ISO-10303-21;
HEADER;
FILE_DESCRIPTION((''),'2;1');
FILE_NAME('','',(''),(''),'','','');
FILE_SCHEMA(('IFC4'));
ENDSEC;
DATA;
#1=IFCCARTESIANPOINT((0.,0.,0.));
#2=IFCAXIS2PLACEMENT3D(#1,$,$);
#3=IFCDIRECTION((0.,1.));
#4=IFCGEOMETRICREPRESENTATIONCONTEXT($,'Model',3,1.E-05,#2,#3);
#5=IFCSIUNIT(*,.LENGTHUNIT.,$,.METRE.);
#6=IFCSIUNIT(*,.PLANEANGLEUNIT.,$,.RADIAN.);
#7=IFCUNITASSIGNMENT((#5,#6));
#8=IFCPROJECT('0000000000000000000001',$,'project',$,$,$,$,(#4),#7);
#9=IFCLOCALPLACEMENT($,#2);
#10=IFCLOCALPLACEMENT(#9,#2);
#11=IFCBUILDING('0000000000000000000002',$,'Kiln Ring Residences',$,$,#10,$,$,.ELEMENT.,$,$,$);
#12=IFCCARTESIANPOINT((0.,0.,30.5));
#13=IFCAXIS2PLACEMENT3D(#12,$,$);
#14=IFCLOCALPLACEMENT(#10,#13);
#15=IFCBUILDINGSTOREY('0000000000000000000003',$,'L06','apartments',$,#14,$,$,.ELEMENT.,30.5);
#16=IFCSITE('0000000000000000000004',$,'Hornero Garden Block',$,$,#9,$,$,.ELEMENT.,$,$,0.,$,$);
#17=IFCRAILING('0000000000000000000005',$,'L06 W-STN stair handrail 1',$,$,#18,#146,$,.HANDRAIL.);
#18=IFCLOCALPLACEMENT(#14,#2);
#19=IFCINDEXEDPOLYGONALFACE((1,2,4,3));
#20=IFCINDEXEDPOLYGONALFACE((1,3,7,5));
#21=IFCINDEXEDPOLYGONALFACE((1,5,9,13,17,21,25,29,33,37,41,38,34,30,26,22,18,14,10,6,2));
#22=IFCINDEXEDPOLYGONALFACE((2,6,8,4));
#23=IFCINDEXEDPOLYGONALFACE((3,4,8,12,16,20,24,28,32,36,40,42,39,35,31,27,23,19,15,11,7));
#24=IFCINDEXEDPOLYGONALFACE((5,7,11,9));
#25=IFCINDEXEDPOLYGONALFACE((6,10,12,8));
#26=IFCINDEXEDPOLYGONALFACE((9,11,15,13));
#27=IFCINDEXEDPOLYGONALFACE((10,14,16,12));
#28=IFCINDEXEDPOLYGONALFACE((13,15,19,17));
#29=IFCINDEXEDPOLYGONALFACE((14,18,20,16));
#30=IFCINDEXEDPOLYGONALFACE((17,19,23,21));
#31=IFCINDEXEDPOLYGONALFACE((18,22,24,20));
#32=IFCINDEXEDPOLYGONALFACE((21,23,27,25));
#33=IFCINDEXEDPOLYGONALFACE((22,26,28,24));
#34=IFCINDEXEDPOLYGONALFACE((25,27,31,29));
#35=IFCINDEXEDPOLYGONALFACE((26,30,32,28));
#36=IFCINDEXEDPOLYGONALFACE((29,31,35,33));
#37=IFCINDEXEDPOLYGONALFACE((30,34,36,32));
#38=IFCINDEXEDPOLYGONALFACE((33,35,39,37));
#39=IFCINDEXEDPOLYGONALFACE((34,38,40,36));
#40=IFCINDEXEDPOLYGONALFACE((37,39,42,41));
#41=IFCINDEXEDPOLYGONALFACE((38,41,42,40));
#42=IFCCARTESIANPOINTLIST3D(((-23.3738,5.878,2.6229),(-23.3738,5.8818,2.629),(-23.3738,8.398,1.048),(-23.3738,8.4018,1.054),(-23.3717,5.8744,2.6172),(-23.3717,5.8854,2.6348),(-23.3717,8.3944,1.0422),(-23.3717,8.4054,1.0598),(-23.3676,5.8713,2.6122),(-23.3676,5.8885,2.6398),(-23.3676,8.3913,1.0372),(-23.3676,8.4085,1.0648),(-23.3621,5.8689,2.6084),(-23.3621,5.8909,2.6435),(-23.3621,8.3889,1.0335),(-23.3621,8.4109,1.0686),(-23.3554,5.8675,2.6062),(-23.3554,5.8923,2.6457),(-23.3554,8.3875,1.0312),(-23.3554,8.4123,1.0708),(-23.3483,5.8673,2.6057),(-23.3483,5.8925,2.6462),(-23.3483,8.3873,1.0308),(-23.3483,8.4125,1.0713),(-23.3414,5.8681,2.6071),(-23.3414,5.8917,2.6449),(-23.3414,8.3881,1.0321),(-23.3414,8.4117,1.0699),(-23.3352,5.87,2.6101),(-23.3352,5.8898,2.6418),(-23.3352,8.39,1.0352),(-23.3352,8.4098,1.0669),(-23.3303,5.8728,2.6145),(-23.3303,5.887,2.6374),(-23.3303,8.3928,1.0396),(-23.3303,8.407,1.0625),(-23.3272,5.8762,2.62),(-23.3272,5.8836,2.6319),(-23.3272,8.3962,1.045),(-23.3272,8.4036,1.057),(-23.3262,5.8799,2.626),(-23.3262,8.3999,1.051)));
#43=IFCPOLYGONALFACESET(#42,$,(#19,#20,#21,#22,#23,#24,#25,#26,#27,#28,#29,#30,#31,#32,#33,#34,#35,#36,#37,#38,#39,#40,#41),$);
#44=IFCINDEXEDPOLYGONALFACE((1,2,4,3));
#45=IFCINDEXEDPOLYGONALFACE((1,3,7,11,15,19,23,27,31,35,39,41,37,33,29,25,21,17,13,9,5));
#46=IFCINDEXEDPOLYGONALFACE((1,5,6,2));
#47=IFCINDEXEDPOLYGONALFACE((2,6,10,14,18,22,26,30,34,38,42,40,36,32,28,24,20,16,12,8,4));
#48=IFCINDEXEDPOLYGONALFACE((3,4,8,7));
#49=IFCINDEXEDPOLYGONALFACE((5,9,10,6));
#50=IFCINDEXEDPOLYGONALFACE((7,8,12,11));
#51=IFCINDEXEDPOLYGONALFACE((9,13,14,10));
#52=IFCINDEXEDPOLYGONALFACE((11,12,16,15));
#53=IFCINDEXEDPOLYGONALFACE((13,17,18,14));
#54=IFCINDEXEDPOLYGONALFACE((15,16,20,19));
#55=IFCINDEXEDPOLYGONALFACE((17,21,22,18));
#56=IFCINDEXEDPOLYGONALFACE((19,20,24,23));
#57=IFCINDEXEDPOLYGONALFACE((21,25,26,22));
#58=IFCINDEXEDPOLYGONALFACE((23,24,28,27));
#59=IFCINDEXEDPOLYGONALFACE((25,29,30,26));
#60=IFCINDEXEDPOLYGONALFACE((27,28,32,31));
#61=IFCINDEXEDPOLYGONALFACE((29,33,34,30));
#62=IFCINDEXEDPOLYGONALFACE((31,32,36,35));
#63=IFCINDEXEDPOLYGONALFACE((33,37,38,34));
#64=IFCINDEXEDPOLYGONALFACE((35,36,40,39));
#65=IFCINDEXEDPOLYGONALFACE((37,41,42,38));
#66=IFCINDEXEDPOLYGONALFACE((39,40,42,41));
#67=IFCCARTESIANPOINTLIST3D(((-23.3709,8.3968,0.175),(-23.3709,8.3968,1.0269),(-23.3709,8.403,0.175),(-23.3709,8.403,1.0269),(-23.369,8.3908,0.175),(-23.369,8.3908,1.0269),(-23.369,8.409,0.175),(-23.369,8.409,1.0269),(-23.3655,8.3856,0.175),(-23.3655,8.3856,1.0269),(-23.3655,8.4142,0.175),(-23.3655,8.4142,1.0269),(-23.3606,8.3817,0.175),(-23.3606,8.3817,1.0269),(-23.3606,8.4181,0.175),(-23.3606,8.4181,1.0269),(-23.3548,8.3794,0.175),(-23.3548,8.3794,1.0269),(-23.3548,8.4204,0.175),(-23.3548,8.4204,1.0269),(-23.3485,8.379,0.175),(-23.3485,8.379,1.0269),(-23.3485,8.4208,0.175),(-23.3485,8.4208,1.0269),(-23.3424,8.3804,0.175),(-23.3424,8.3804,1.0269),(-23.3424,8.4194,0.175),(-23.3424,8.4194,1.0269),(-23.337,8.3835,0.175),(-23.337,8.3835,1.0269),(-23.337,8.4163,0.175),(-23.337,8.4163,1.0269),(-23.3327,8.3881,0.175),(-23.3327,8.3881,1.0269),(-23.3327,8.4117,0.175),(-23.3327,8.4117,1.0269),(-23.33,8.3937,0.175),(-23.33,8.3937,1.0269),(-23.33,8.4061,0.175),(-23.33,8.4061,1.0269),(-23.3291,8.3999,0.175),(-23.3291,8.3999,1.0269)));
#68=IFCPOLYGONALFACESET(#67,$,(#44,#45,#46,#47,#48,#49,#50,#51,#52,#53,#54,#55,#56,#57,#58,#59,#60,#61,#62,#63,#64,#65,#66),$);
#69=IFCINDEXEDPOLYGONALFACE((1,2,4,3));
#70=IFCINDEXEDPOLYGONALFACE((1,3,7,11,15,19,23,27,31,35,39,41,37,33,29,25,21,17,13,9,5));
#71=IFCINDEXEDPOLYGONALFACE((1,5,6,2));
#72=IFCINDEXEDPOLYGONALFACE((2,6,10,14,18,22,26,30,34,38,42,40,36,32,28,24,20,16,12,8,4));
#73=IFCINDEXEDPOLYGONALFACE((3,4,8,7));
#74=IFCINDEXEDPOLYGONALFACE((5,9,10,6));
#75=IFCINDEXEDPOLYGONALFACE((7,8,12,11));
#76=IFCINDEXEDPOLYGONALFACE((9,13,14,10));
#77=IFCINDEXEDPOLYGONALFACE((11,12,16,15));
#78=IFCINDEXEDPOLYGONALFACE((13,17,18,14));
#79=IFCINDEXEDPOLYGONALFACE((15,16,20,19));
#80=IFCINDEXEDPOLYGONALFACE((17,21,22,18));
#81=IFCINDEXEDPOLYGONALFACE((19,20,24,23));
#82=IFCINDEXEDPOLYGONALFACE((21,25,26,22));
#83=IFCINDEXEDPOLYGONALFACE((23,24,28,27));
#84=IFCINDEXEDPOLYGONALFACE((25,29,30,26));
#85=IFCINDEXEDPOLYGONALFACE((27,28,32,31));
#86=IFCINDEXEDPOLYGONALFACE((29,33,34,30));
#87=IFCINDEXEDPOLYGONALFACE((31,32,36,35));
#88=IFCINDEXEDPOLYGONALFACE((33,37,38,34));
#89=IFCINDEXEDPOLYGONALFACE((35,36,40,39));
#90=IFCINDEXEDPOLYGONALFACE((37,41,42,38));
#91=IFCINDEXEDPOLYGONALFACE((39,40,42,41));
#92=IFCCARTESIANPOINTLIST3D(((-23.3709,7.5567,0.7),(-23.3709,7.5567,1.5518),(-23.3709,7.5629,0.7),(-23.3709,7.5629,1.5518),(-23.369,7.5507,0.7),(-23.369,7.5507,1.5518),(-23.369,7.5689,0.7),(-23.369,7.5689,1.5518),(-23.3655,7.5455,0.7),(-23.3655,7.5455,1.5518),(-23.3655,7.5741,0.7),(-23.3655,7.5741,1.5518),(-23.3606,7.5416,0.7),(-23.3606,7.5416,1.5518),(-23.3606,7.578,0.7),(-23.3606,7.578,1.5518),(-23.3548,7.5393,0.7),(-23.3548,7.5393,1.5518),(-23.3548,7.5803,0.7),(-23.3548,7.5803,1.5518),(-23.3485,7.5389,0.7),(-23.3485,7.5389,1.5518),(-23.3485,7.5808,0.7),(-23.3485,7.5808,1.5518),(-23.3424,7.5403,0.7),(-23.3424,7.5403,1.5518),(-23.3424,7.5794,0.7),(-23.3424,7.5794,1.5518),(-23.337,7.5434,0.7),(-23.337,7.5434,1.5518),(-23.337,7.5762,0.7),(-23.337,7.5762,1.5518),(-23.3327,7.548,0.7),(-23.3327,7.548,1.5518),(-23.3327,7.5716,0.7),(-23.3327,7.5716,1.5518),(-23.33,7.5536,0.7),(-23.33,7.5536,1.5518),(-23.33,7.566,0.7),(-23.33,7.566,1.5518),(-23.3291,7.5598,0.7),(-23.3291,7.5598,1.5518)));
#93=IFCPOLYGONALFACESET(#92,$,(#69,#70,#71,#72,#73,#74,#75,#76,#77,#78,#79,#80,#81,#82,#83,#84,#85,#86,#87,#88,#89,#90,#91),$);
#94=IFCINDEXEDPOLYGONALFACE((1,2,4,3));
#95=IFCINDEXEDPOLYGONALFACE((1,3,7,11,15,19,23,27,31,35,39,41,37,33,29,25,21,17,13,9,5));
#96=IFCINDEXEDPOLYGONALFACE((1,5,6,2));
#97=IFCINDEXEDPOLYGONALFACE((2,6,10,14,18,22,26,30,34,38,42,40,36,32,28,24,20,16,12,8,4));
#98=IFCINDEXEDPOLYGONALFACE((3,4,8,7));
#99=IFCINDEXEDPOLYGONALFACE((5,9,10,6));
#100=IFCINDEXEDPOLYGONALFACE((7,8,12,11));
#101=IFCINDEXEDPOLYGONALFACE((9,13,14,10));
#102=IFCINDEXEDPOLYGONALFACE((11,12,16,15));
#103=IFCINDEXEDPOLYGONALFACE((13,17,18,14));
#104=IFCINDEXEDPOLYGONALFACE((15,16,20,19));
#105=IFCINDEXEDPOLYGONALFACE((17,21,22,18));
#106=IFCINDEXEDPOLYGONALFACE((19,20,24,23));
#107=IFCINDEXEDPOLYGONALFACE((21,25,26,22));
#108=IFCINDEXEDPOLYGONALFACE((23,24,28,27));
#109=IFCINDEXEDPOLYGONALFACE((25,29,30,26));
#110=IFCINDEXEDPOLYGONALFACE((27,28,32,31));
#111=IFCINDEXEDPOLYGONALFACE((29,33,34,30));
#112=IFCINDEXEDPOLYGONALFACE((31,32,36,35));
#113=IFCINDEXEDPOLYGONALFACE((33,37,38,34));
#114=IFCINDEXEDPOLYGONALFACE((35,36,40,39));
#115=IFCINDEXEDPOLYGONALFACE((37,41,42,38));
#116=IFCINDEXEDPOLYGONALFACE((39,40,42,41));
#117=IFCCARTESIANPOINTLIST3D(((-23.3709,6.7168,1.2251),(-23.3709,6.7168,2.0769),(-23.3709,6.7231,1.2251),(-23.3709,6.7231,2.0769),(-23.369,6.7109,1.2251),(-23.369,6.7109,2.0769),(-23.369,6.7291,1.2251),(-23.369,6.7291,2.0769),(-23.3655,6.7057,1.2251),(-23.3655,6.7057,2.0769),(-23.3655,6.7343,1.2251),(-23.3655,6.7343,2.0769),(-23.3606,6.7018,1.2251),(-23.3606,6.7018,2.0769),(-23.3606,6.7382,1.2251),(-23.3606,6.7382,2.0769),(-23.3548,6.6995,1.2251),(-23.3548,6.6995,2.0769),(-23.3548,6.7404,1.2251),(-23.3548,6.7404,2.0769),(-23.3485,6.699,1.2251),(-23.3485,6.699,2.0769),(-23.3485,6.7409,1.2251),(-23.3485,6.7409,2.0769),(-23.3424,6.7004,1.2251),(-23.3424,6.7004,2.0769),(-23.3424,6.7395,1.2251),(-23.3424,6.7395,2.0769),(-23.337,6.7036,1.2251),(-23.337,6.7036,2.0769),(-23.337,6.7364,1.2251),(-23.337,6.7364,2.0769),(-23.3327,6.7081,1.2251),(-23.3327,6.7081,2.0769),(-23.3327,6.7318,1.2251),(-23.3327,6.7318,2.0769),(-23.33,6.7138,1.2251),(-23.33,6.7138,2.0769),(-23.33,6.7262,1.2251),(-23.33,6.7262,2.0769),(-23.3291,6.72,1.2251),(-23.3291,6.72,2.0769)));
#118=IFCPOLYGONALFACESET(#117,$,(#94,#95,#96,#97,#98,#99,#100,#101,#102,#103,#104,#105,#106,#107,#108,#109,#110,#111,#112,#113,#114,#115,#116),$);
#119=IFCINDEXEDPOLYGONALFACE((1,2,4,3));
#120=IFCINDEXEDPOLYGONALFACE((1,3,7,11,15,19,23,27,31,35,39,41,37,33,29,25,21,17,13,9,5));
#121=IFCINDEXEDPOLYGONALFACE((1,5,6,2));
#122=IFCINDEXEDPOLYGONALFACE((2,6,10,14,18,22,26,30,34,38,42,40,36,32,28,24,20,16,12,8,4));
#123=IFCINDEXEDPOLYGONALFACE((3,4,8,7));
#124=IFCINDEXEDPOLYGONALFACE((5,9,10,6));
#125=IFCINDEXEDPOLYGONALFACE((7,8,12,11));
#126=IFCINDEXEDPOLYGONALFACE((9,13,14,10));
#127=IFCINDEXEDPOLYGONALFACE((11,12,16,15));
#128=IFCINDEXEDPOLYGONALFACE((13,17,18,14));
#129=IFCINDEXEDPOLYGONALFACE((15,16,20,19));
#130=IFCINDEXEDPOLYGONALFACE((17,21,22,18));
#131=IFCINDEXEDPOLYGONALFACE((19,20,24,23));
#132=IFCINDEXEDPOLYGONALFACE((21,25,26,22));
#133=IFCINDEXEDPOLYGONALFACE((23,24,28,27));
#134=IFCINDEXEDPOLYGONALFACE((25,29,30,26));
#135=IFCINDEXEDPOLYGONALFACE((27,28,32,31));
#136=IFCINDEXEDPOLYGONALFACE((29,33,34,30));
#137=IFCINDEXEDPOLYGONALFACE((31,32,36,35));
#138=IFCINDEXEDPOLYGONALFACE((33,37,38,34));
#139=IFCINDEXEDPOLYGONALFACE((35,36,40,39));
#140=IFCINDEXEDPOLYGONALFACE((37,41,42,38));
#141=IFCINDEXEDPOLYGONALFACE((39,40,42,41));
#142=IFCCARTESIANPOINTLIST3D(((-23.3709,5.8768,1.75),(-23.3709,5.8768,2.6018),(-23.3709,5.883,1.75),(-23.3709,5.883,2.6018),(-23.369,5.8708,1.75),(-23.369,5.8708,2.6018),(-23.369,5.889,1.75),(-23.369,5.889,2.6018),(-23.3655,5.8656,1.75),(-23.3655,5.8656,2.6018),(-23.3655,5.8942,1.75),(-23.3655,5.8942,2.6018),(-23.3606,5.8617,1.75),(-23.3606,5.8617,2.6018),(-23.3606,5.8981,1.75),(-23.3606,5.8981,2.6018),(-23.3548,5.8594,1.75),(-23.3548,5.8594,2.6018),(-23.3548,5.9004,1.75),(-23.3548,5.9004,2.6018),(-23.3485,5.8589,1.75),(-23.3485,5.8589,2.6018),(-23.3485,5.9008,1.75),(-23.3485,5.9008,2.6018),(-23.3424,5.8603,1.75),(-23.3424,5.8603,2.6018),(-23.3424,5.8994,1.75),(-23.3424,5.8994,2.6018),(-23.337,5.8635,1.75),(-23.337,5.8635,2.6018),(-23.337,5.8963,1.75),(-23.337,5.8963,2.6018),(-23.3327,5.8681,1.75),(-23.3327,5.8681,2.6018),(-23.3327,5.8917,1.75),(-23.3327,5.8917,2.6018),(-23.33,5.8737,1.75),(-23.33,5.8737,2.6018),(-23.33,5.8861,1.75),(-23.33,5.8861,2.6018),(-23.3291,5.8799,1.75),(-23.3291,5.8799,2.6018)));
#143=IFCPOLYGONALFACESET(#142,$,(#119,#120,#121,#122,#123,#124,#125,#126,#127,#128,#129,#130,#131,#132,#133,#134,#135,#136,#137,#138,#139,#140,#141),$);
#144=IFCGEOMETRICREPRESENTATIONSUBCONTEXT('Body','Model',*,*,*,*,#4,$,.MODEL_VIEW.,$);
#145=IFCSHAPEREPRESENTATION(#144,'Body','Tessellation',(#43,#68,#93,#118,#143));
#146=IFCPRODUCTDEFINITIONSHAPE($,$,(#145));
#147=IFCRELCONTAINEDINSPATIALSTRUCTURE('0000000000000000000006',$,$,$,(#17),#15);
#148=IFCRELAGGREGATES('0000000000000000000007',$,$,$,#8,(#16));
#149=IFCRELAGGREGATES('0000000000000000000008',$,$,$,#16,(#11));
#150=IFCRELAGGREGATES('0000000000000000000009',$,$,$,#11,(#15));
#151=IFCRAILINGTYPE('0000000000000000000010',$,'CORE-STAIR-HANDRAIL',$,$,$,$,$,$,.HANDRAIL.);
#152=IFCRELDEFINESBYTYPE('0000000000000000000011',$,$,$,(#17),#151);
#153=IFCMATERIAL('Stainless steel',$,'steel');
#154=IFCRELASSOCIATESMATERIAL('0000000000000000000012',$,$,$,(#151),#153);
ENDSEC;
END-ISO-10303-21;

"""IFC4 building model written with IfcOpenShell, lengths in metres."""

from ifc_helpers import new_model, si_unit, direction, frame, origin, origin_2d, place, context, subcontext, project, spatial, circle, extrude, material, type_object, element, save


model = new_model("IFC4")

# Units and contexts
model_context = context("Model", 3, precision=1e-05, world=origin(), true_north=direction((0.0, 1.0)))
body_context = subcontext(model_context, "Body", "Model", "MODEL_VIEW")
ifc_project = project(units=[si_unit("LENGTHUNIT", "METRE"), si_unit("PLANEANGLEUNIT", "RADIAN")], contexts=[model_context])

# Site, building, storey
site_placement = place(None, origin())
site = spatial("IfcSite", under=ifc_project, at=site_placement, Name="Hornero Garden Block", CompositionType="ELEMENT", RefElevation=0.0)
building_placement = place(site_placement, origin())
building = spatial("IfcBuilding", under=site, at=building_placement, Name="Kiln Ring Residences", CompositionType="ELEMENT")
storey_placement = place(building_placement, frame((0.0, 0.0, 30.5)))
storey = spatial("IfcBuildingStorey", under=building, at=storey_placement, Name="L06", Description="apartments", CompositionType="ELEMENT", Elevation=30.5)

# Railing
ifc_material_1 = material(Name="Stainless steel", Category="steel")
railing_type_1 = type_object("IfcRailingType", Name="CORE-STAIR-HANDRAIL", PredefinedType="HANDRAIL", material=ifc_material_1)
railing_1_placement = place(storey_placement, frame((-23.3501, 8.3999, 0.175)))
element("IfcRailing", 1, at=railing_1_placement, inside=storey, type_object=railing_type_1, Name="L06 W-STN stair handrail 1", PredefinedType="HANDRAIL", context=body_context, shape_type="SweptSolid", body=[
    extrude(circle(Radius=0.0239, at=origin_2d()), frame((0.0, 0.0, 0.876), z_axis=(0.0, -0.848008, 0.529984), x_axis=(1.0, 0.0, 0.0)), (0.0, 0.0, 1.0), 2.9717),
    extrude(circle(Radius=0.021, at=origin_2d()), origin(), (0.0, 0.0, 1.0), 0.8518),
    extrude(circle(Radius=0.021, at=origin_2d()), frame((0.0, -0.8401, 0.5249)), (0.0, 0.0, 1.0), 0.8518),
    extrude(circle(Radius=0.021, at=origin_2d()), frame((0.0, -1.6799, 1.05)), (0.0, 0.0, 1.0), 0.8518),
    extrude(circle(Radius=0.021, at=origin_2d()), frame((0.0, -2.52, 1.575)), (0.0, 0.0, 1.0), 0.8518),
])

save(model, "model.ifc")
